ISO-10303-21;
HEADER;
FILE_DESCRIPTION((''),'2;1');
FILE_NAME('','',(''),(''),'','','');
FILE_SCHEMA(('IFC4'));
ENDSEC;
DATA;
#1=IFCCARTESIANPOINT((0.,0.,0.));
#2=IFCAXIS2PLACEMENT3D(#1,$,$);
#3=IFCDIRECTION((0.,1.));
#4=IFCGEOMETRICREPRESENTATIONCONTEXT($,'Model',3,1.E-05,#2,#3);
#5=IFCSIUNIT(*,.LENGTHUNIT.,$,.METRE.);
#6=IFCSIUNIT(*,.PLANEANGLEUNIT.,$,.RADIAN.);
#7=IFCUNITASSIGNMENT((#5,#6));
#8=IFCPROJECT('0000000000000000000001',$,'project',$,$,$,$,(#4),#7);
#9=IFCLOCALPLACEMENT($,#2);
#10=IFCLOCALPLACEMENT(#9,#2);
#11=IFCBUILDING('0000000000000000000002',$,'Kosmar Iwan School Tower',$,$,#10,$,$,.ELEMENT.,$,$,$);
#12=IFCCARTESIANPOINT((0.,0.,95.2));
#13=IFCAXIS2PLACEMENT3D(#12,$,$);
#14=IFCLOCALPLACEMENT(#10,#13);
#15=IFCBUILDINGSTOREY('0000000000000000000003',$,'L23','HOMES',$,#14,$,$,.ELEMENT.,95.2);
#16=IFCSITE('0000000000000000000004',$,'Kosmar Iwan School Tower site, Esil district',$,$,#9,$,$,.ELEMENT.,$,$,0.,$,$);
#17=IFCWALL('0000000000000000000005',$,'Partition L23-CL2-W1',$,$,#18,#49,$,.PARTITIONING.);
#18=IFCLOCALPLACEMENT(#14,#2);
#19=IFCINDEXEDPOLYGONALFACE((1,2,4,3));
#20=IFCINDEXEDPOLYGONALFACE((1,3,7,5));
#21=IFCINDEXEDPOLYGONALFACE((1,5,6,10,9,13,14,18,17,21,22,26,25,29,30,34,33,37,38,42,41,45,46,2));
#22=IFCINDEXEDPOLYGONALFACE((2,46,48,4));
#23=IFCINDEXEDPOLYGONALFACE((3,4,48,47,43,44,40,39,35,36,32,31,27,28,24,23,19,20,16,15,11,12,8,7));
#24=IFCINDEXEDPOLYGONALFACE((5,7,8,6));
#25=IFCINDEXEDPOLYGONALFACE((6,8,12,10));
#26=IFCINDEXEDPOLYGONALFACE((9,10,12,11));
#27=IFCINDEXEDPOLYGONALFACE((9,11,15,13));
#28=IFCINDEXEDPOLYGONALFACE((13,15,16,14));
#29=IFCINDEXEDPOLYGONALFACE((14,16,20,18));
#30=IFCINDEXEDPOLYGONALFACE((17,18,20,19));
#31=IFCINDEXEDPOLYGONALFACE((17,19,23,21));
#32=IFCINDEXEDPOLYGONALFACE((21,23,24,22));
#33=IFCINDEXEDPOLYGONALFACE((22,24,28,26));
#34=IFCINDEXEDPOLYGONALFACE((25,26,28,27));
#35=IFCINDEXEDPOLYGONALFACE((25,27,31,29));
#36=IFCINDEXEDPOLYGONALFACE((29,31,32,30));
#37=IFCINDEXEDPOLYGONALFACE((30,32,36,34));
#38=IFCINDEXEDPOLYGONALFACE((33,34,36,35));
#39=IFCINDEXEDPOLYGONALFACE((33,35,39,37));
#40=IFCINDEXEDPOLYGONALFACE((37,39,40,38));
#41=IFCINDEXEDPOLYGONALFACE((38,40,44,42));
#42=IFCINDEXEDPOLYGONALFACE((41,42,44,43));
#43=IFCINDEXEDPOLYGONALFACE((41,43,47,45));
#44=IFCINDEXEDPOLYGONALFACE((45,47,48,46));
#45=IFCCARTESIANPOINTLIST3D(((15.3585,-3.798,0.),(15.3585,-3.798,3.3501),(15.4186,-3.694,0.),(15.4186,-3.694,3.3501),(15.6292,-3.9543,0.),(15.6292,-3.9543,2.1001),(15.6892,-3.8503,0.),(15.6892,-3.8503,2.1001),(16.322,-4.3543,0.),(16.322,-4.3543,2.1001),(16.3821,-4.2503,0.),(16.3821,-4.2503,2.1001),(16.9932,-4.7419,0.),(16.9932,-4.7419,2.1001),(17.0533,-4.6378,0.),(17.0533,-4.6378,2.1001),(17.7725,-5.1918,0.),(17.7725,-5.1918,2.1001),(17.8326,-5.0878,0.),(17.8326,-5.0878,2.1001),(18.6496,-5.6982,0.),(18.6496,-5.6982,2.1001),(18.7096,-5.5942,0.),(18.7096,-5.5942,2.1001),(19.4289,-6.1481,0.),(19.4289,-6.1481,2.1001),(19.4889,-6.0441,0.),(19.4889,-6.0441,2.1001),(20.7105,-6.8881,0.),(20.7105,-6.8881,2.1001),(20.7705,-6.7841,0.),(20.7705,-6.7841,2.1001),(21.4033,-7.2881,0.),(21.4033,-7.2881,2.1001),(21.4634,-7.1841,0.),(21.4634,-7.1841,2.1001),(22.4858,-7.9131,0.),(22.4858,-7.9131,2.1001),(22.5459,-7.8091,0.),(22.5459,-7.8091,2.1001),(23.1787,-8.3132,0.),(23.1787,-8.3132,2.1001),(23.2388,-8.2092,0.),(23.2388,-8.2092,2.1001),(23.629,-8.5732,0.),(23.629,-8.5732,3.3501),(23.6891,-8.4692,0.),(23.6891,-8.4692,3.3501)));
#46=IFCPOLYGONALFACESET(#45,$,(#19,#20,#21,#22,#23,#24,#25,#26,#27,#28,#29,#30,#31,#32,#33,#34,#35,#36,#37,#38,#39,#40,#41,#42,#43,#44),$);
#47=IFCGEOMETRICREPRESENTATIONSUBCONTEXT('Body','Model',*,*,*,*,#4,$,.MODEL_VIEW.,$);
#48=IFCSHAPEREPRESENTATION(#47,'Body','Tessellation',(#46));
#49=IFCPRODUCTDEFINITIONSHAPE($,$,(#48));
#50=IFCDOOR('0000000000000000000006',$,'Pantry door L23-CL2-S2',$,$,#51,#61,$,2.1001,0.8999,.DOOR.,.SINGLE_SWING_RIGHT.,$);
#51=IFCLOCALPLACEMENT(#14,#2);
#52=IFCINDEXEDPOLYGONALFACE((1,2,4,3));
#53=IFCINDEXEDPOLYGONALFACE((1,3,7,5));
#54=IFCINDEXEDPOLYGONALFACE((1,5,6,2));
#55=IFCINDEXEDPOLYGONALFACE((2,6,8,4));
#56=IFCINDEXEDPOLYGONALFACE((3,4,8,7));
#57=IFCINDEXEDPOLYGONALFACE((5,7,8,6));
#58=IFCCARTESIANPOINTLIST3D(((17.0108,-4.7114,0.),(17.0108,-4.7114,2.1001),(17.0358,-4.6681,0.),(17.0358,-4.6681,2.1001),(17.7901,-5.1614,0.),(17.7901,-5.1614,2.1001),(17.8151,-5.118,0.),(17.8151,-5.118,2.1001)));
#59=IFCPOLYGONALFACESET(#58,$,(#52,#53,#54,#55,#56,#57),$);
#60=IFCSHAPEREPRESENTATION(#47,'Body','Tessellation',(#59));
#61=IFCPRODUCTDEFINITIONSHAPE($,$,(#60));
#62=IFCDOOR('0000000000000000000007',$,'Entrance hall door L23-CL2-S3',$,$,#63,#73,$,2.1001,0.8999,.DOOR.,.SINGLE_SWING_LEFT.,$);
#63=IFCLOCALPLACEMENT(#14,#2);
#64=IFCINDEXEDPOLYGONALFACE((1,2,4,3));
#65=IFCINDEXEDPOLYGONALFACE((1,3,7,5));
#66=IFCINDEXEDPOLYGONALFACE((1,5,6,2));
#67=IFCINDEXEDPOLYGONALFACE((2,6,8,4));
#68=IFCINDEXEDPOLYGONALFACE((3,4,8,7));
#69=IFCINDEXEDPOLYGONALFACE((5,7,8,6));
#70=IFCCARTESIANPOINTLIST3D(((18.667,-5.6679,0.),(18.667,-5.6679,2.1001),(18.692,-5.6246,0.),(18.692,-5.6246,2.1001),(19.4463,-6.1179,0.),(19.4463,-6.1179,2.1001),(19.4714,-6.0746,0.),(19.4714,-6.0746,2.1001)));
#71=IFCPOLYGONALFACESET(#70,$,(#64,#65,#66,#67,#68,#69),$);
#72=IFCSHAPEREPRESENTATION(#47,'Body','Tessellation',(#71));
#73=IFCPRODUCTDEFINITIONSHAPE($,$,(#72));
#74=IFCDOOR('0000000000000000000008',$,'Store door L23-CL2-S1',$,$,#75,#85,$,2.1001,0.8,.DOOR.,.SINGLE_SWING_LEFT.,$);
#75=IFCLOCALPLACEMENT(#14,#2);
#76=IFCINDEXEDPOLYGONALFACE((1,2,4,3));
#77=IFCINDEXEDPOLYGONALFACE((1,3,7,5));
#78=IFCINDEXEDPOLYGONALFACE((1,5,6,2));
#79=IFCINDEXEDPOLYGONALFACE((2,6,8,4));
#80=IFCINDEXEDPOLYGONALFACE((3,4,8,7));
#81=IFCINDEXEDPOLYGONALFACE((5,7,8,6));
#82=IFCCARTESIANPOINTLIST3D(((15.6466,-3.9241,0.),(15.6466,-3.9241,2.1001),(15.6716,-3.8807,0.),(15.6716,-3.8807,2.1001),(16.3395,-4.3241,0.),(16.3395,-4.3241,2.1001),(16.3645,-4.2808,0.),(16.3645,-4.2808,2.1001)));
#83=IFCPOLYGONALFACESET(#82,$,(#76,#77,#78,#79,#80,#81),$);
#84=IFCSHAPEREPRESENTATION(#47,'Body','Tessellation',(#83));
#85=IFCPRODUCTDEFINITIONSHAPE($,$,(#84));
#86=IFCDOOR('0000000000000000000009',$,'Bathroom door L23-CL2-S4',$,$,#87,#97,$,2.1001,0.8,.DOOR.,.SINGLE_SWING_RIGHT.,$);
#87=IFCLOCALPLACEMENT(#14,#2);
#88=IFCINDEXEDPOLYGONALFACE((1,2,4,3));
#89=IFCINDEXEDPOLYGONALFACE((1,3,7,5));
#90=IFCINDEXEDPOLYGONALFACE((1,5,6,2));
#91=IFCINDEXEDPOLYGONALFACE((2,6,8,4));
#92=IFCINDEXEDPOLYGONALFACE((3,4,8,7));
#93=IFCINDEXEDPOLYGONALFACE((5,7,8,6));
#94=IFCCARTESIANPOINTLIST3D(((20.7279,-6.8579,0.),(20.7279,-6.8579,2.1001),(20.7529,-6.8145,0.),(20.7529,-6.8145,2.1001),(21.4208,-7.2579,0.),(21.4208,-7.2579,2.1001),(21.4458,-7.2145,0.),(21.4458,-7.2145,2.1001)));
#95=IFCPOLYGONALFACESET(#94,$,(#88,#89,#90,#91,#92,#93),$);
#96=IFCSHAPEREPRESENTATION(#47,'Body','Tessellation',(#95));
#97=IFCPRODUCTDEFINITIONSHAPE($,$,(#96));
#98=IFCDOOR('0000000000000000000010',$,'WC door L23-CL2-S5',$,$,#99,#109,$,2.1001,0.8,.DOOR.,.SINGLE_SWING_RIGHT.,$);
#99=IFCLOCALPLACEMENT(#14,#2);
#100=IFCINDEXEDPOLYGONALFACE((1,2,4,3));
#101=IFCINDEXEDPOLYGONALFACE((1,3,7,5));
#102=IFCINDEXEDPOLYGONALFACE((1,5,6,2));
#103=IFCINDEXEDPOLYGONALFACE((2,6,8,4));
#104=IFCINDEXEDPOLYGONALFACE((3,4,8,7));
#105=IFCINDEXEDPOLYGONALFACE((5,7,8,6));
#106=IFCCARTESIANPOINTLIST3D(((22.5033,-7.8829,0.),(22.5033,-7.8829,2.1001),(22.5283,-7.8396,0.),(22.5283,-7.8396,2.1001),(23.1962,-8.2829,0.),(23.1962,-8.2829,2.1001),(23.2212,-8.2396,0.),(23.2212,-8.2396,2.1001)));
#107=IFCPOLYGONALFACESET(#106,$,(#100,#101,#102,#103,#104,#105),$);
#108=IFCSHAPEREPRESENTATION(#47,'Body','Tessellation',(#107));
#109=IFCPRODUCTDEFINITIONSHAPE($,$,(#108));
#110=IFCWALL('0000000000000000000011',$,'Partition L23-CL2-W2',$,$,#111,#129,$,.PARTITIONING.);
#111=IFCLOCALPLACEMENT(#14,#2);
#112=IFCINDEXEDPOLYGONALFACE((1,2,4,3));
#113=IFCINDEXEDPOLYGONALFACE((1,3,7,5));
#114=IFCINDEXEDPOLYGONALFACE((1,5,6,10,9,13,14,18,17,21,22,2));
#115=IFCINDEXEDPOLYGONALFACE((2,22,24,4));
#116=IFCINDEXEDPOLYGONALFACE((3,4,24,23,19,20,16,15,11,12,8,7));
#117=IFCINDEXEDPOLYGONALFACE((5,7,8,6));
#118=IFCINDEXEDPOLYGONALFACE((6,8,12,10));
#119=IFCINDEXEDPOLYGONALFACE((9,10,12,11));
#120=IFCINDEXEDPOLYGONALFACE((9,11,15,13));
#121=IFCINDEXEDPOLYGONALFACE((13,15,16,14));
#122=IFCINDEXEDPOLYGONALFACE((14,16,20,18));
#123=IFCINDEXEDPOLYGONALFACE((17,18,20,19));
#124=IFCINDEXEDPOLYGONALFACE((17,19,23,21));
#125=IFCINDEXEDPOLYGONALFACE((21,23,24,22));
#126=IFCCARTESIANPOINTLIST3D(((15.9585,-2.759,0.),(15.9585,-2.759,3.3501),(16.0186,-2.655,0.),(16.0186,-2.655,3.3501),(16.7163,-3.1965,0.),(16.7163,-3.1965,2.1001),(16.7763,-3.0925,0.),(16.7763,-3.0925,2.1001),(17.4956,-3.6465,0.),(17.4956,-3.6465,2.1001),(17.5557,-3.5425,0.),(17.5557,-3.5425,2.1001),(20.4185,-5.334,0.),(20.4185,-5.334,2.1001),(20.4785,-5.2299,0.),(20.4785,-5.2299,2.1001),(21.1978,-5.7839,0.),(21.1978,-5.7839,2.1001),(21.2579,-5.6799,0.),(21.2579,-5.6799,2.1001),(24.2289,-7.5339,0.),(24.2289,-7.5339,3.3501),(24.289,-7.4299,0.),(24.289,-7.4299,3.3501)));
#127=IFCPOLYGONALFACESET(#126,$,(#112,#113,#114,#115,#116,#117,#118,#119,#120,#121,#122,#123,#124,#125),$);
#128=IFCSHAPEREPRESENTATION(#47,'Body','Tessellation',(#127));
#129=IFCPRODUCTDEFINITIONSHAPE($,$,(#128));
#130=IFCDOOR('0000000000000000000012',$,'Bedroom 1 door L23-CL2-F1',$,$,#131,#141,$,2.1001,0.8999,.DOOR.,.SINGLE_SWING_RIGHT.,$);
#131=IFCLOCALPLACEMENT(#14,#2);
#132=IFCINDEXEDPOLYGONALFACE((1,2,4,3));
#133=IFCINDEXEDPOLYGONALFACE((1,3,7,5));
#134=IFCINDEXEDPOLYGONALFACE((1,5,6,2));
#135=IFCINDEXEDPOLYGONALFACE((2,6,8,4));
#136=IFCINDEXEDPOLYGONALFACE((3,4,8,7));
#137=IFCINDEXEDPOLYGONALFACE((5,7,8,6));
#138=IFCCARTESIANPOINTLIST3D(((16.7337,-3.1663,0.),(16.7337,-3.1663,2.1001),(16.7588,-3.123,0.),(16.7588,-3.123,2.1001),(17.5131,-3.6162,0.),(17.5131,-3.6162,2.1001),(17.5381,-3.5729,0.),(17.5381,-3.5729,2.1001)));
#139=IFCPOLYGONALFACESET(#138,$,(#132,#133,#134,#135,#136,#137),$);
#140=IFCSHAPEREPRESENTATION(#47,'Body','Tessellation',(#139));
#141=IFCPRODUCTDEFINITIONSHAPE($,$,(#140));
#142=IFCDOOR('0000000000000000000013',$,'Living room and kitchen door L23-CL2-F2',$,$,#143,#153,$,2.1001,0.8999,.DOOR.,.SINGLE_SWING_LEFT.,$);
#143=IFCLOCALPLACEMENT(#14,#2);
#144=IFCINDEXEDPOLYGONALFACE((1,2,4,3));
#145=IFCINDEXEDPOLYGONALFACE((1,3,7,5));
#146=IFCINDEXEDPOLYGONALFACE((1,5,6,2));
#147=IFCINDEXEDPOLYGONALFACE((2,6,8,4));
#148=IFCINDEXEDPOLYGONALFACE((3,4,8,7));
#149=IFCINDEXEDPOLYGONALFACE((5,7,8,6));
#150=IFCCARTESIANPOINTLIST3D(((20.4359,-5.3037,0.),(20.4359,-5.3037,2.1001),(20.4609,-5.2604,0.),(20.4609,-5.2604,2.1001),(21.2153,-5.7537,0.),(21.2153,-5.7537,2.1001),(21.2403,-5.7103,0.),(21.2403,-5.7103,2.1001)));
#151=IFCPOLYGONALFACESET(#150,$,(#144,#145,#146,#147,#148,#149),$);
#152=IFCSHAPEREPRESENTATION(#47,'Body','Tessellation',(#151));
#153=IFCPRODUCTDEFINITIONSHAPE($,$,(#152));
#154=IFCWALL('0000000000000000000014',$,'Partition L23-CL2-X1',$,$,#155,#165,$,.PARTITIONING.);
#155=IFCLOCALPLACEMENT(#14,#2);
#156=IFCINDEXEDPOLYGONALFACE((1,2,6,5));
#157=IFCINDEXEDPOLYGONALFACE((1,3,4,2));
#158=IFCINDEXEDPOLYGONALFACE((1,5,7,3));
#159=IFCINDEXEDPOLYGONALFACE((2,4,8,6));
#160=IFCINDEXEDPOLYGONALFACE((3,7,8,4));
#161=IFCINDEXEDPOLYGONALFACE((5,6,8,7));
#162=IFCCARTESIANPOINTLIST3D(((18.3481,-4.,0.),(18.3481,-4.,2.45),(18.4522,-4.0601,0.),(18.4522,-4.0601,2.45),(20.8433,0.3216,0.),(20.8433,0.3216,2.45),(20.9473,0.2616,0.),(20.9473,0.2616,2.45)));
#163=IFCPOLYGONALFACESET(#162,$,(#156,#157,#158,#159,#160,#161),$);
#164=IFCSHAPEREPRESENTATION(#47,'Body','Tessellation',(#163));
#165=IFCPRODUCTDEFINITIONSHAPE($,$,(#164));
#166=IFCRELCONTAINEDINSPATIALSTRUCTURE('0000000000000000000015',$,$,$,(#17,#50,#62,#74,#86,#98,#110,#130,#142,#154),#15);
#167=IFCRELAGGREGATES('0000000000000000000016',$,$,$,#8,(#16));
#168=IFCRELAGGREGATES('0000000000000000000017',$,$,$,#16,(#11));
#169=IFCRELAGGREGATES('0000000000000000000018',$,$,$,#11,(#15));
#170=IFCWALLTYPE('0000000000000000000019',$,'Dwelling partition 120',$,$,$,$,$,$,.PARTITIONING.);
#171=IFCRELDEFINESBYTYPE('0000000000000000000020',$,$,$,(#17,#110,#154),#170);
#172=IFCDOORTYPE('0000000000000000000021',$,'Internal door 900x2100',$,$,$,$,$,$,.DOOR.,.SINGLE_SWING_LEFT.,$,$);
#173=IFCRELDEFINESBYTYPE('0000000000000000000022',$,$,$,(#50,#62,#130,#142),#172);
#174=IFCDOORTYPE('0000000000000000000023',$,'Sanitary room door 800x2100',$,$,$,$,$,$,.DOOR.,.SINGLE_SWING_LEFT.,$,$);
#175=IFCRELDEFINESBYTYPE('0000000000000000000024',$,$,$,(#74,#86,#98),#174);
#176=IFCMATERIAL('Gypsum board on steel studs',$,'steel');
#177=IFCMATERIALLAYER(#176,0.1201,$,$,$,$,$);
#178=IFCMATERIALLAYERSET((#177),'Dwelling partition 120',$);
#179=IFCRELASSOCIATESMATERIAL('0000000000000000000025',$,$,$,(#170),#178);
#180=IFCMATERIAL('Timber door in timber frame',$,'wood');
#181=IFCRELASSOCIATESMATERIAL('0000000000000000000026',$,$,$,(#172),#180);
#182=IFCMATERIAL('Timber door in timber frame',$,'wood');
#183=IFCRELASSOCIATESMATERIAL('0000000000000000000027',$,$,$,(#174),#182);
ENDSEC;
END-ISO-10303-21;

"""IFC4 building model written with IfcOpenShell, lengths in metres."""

from ifc_helpers import new_model, si_unit, direction, frame, frame_2d, origin, place, context, subcontext, project, spatial, rectangle, extrude, material, layer, layer_set, type_object, element, fill, save


model = new_model("IFC4")

# Units and contexts
model_context = context("Model", 3, precision=1e-05, world=origin(), true_north=direction((0.0, 1.0)))
body_context = subcontext(model_context, "Body", "Model", "MODEL_VIEW")
ifc_project = project(units=[si_unit("LENGTHUNIT", "METRE"), si_unit("PLANEANGLEUNIT", "RADIAN")], contexts=[model_context])

# Site, building, storey
site_placement = place(None, origin())
site = spatial("IfcSite", under=ifc_project, at=site_placement, Name="Kosmar Iwan School Tower site, Esil district", CompositionType="ELEMENT", RefElevation=0.0)
building_placement = place(site_placement, origin())
building = spatial("IfcBuilding", under=site, at=building_placement, Name="Kosmar Iwan School Tower", CompositionType="ELEMENT")
storey_placement = place(building_placement, frame((0.0, 0.0, 95.2)))
storey = spatial("IfcBuildingStorey", under=building, at=storey_placement, Name="L23", Description="HOMES", CompositionType="ELEMENT", Elevation=95.2)

# Shared definitions
ifc_material_1 = material(Name="Gypsum board on steel studs", Category="steel")
ifc_layer = layer(ifc_material_1, 0.1201)
ifc_layer_set = layer_set([ifc_layer], Name="Dwelling partition 120")
wall_type = type_object("IfcWallType", Name="Dwelling partition 120", PredefinedType="PARTITIONING", material=ifc_layer_set)
ifc_material_2 = material(Name="Timber door in timber frame", Category="wood")
door_type_1 = type_object("IfcDoorType", Name="Internal door 900x2100", OperationType="SINGLE_SWING_LEFT", PredefinedType="DOOR", material=ifc_material_2)

# Walls, openings, doors
wall_1_placement = place(storey_placement, frame((15.3887, -3.7461, 0.0), z_axis=(0.0, 0.0, 1.0), x_axis=(0.866018, -0.500013, 0.0)))
wall_1 = element("IfcWall", 1, at=wall_1_placement, inside=storey, type_object=wall_type, Name="Partition L23-CL2-W1", PredefinedType="PARTITIONING", context=body_context, shape_type="SweptSolid", body=[
    extrude(rectangle(XDim=9.55, YDim=0.1201, at=frame_2d((4.7749, 0.0))), origin(), (0.0, 0.0, 1.0), 3.3501),
])
opening_1_placement = place(wall_1_placement, frame((0.3125, 0.0, 0.0)))
opening_1 = element("IfcOpeningElement", 2, at=opening_1_placement, cuts=wall_1, PredefinedType="OPENING", context=body_context, shape_type="SweptSolid", body=[
    extrude(rectangle(XDim=0.8, YDim=2.1001, at=frame_2d((0.3999, 1.05))), frame((0.0, 0.072, 0.0), z_axis=(0.0, -1.0, 0.0), x_axis=(1.0, 0.0, 0.0)), (0.0, 0.0, 1.0), 0.144),
])
opening_2_placement = place(wall_1_placement, frame((1.8875, 0.0, 0.0)))
opening_2 = element("IfcOpeningElement", 3, at=opening_2_placement, cuts=wall_1, PredefinedType="OPENING", context=body_context, shape_type="SweptSolid", body=[
    extrude(rectangle(XDim=0.8999, YDim=2.1001, at=frame_2d((0.45, 1.05))), frame((0.0, 0.072, 0.0), z_axis=(0.0, -1.0, 0.0), x_axis=(1.0, 0.0, 0.0)), (0.0, 0.0, 1.0), 0.144),
])
opening_3_placement = place(wall_1_placement, frame((3.8, 0.0, 0.0)))
opening_3 = element("IfcOpeningElement", 4, at=opening_3_placement, cuts=wall_1, PredefinedType="OPENING", context=body_context, shape_type="SweptSolid", body=[
    extrude(rectangle(XDim=0.8999, YDim=2.1001, at=frame_2d((0.45, 1.05))), frame((0.0, 0.072, 0.0), z_axis=(0.0, -1.0, 0.0), x_axis=(1.0, 0.0, 0.0)), (0.0, 0.0, 1.0), 0.144),
])
opening_4_placement = place(wall_1_placement, frame((6.1799, 0.0, 0.0)))
opening_4 = element("IfcOpeningElement", 5, at=opening_4_placement, cuts=wall_1, PredefinedType="OPENING", context=body_context, shape_type="SweptSolid", body=[
    extrude(rectangle(XDim=0.8, YDim=2.1001, at=frame_2d((0.3999, 1.05))), frame((0.0, 0.072, 0.0), z_axis=(0.0, -1.0, 0.0), x_axis=(1.0, 0.0, 0.0)), (0.0, 0.0, 1.0), 0.144),
])
opening_5_placement = place(wall_1_placement, frame((8.23, 0.0, 0.0)))
opening_5 = element("IfcOpeningElement", 6, at=opening_5_placement, cuts=wall_1, PredefinedType="OPENING", context=body_context, shape_type="SweptSolid", body=[
    extrude(rectangle(XDim=0.8, YDim=2.1001, at=frame_2d((0.3999, 1.05))), frame((0.0, 0.072, 0.0), z_axis=(0.0, -1.0, 0.0), x_axis=(1.0, 0.0, 0.0)), (0.0, 0.0, 1.0), 0.144),
])
door_1_placement = place(opening_2_placement, frame((0.8999, 0.0, 0.0), z_axis=(0.0, 0.0, 1.0), x_axis=(-1.0, 0.0, 0.0)))
door_1 = element("IfcDoor", 7, at=door_1_placement, inside=storey, type_object=door_type_1, Name="Pantry door L23-CL2-S2", OperationType="SINGLE_SWING_RIGHT", OverallHeight=2.1001, OverallWidth=0.8999, PredefinedType="DOOR", context=body_context, shape_type="SweptSolid", body=[
    extrude(rectangle(XDim=0.8999, YDim=2.1001, at=frame_2d((0.45, 1.05))), frame((0.0, 0.0249, 0.0), z_axis=(0.0, -1.0, 0.0), x_axis=(1.0, 0.0, 0.0)), (0.0, 0.0, 1.0), 0.05),
])
fill(opening_2, door_1)
door_2_placement = place(opening_3_placement, origin())
door_2 = element("IfcDoor", 8, at=door_2_placement, inside=storey, type_object=door_type_1, Name="Entrance hall door L23-CL2-S3", OperationType="SINGLE_SWING_LEFT", OverallHeight=2.1001, OverallWidth=0.8999, PredefinedType="DOOR", context=body_context, shape_type="SweptSolid", body=[
    extrude(rectangle(XDim=0.8999, YDim=2.1001, at=frame_2d((0.45, 1.05))), frame((0.0, 0.0249, 0.0), z_axis=(0.0, -1.0, 0.0), x_axis=(1.0, 0.0, 0.0)), (0.0, 0.0, 1.0), 0.05),
])
fill(opening_3, door_2)
ifc_material_3 = material(Name="Timber door in timber frame", Category="wood")
door_type_2 = type_object("IfcDoorType", Name="Sanitary room door 800x2100", OperationType="SINGLE_SWING_LEFT", PredefinedType="DOOR", material=ifc_material_3)
door_3_placement = place(opening_1_placement, origin())
door_3 = element("IfcDoor", 9, at=door_3_placement, inside=storey, type_object=door_type_2, Name="Store door L23-CL2-S1", OperationType="SINGLE_SWING_LEFT", OverallHeight=2.1001, OverallWidth=0.8, PredefinedType="DOOR", context=body_context, shape_type="SweptSolid", body=[
    extrude(rectangle(XDim=0.8, YDim=2.1001, at=frame_2d((0.3999, 1.05))), frame((0.0, 0.0249, 0.0), z_axis=(0.0, -1.0, 0.0), x_axis=(1.0, 0.0, 0.0)), (0.0, 0.0, 1.0), 0.05),
])
fill(opening_1, door_3)
door_4_placement = place(opening_4_placement, origin())
door_4 = element("IfcDoor", 10, at=door_4_placement, inside=storey, type_object=door_type_2, Name="Bathroom door L23-CL2-S4", OperationType="SINGLE_SWING_RIGHT", OverallHeight=2.1001, OverallWidth=0.8, PredefinedType="DOOR", context=body_context, shape_type="SweptSolid", body=[
    extrude(rectangle(XDim=0.8, YDim=2.1001, at=frame_2d((0.3999, 1.05))), frame((0.0, 0.0249, 0.0), z_axis=(0.0, -1.0, 0.0), x_axis=(1.0, 0.0, 0.0)), (0.0, 0.0, 1.0), 0.05),
])
fill(opening_4, door_4)
door_5_placement = place(opening_5_placement, origin())
door_5 = element("IfcDoor", 11, at=door_5_placement, inside=storey, type_object=door_type_2, Name="WC door L23-CL2-S5", OperationType="SINGLE_SWING_RIGHT", OverallHeight=2.1001, OverallWidth=0.8, PredefinedType="DOOR", context=body_context, shape_type="SweptSolid", body=[
    extrude(rectangle(XDim=0.8, YDim=2.1001, at=frame_2d((0.3999, 1.05))), frame((0.0, 0.0249, 0.0), z_axis=(0.0, -1.0, 0.0), x_axis=(1.0, 0.0, 0.0)), (0.0, 0.0, 1.0), 0.05),
])
fill(opening_5, door_5)
wall_2_placement = place(storey_placement, frame((15.9885, -2.707, 0.0), z_axis=(0.0, 0.0, 1.0), x_axis=(0.866029, -0.499994, 0.0)))
wall_2 = element("IfcWall", 12, at=wall_2_placement, inside=storey, type_object=wall_type, Name="Partition L23-CL2-W2", PredefinedType="PARTITIONING", context=body_context, shape_type="SweptSolid", body=[
    extrude(rectangle(XDim=9.5498, YDim=0.1201, at=frame_2d((4.7749, 0.0))), origin(), (0.0, 0.0, 1.0), 3.3501),
])
opening_6_placement = place(wall_2_placement, frame((0.875, 0.0, 0.0)))
opening_6 = element("IfcOpeningElement", 13, at=opening_6_placement, cuts=wall_2, PredefinedType="OPENING", context=body_context, shape_type="SweptSolid", body=[
    extrude(rectangle(XDim=0.8999, YDim=2.1001, at=frame_2d((0.45, 1.05))), frame((0.0, 0.072, 0.0), z_axis=(0.0, -1.0, 0.0), x_axis=(1.0, 0.0, 0.0)), (0.0, 0.0, 1.0), 0.144),
])
opening_7_placement = place(wall_2_placement, frame((5.1499, 0.0, 0.0)))
opening_7 = element("IfcOpeningElement", 14, at=opening_7_placement, cuts=wall_2, PredefinedType="OPENING", context=body_context, shape_type="SweptSolid", body=[
    extrude(rectangle(XDim=0.8999, YDim=2.1001, at=frame_2d((0.45, 1.05))), frame((0.0, 0.072, 0.0), z_axis=(0.0, -1.0, 0.0), x_axis=(1.0, 0.0, 0.0)), (0.0, 0.0, 1.0), 0.144),
])
door_6_placement = place(opening_6_placement, origin())
door_6 = element("IfcDoor", 15, at=door_6_placement, inside=storey, type_object=door_type_1, Name="Bedroom 1 door L23-CL2-F1", OperationType="SINGLE_SWING_RIGHT", OverallHeight=2.1001, OverallWidth=0.8999, PredefinedType="DOOR", context=body_context, shape_type="SweptSolid", body=[
    extrude(rectangle(XDim=0.8999, YDim=2.1001, at=frame_2d((0.45, 1.05))), frame((0.0, 0.0249, 0.0), z_axis=(0.0, -1.0, 0.0), x_axis=(1.0, 0.0, 0.0)), (0.0, 0.0, 1.0), 0.05),
])
fill(opening_6, door_6)
door_7_placement = place(opening_7_placement, origin())
door_7 = element("IfcDoor", 16, at=door_7_placement, inside=storey, type_object=door_type_1, Name="Living room and kitchen door L23-CL2-F2", OperationType="SINGLE_SWING_LEFT", OverallHeight=2.1001, OverallWidth=0.8999, PredefinedType="DOOR", context=body_context, shape_type="SweptSolid", body=[
    extrude(rectangle(XDim=0.8999, YDim=2.1001, at=frame_2d((0.45, 1.05))), frame((0.0, 0.0249, 0.0), z_axis=(0.0, -1.0, 0.0), x_axis=(1.0, 0.0, 0.0)), (0.0, 0.0, 1.0), 0.05),
])
fill(opening_7, door_7)

# Wall
wall_3_placement = place(storey_placement, frame((18.4001, -4.03, 0.0), z_axis=(0.0, 0.0, 1.0), x_axis=(0.500012, 0.866019, 0.0)))
element("IfcWall", 17, at=wall_3_placement, inside=storey, type_object=wall_type, Name="Partition L23-CL2-X1", PredefinedType="PARTITIONING", context=body_context, shape_type="SweptSolid", body=[
    extrude(rectangle(XDim=4.9902, YDim=0.1201, at=frame_2d((2.4951, 0.0))), origin(), (0.0, 0.0, 1.0), 2.45),
])

save(model, "model.ifc")
